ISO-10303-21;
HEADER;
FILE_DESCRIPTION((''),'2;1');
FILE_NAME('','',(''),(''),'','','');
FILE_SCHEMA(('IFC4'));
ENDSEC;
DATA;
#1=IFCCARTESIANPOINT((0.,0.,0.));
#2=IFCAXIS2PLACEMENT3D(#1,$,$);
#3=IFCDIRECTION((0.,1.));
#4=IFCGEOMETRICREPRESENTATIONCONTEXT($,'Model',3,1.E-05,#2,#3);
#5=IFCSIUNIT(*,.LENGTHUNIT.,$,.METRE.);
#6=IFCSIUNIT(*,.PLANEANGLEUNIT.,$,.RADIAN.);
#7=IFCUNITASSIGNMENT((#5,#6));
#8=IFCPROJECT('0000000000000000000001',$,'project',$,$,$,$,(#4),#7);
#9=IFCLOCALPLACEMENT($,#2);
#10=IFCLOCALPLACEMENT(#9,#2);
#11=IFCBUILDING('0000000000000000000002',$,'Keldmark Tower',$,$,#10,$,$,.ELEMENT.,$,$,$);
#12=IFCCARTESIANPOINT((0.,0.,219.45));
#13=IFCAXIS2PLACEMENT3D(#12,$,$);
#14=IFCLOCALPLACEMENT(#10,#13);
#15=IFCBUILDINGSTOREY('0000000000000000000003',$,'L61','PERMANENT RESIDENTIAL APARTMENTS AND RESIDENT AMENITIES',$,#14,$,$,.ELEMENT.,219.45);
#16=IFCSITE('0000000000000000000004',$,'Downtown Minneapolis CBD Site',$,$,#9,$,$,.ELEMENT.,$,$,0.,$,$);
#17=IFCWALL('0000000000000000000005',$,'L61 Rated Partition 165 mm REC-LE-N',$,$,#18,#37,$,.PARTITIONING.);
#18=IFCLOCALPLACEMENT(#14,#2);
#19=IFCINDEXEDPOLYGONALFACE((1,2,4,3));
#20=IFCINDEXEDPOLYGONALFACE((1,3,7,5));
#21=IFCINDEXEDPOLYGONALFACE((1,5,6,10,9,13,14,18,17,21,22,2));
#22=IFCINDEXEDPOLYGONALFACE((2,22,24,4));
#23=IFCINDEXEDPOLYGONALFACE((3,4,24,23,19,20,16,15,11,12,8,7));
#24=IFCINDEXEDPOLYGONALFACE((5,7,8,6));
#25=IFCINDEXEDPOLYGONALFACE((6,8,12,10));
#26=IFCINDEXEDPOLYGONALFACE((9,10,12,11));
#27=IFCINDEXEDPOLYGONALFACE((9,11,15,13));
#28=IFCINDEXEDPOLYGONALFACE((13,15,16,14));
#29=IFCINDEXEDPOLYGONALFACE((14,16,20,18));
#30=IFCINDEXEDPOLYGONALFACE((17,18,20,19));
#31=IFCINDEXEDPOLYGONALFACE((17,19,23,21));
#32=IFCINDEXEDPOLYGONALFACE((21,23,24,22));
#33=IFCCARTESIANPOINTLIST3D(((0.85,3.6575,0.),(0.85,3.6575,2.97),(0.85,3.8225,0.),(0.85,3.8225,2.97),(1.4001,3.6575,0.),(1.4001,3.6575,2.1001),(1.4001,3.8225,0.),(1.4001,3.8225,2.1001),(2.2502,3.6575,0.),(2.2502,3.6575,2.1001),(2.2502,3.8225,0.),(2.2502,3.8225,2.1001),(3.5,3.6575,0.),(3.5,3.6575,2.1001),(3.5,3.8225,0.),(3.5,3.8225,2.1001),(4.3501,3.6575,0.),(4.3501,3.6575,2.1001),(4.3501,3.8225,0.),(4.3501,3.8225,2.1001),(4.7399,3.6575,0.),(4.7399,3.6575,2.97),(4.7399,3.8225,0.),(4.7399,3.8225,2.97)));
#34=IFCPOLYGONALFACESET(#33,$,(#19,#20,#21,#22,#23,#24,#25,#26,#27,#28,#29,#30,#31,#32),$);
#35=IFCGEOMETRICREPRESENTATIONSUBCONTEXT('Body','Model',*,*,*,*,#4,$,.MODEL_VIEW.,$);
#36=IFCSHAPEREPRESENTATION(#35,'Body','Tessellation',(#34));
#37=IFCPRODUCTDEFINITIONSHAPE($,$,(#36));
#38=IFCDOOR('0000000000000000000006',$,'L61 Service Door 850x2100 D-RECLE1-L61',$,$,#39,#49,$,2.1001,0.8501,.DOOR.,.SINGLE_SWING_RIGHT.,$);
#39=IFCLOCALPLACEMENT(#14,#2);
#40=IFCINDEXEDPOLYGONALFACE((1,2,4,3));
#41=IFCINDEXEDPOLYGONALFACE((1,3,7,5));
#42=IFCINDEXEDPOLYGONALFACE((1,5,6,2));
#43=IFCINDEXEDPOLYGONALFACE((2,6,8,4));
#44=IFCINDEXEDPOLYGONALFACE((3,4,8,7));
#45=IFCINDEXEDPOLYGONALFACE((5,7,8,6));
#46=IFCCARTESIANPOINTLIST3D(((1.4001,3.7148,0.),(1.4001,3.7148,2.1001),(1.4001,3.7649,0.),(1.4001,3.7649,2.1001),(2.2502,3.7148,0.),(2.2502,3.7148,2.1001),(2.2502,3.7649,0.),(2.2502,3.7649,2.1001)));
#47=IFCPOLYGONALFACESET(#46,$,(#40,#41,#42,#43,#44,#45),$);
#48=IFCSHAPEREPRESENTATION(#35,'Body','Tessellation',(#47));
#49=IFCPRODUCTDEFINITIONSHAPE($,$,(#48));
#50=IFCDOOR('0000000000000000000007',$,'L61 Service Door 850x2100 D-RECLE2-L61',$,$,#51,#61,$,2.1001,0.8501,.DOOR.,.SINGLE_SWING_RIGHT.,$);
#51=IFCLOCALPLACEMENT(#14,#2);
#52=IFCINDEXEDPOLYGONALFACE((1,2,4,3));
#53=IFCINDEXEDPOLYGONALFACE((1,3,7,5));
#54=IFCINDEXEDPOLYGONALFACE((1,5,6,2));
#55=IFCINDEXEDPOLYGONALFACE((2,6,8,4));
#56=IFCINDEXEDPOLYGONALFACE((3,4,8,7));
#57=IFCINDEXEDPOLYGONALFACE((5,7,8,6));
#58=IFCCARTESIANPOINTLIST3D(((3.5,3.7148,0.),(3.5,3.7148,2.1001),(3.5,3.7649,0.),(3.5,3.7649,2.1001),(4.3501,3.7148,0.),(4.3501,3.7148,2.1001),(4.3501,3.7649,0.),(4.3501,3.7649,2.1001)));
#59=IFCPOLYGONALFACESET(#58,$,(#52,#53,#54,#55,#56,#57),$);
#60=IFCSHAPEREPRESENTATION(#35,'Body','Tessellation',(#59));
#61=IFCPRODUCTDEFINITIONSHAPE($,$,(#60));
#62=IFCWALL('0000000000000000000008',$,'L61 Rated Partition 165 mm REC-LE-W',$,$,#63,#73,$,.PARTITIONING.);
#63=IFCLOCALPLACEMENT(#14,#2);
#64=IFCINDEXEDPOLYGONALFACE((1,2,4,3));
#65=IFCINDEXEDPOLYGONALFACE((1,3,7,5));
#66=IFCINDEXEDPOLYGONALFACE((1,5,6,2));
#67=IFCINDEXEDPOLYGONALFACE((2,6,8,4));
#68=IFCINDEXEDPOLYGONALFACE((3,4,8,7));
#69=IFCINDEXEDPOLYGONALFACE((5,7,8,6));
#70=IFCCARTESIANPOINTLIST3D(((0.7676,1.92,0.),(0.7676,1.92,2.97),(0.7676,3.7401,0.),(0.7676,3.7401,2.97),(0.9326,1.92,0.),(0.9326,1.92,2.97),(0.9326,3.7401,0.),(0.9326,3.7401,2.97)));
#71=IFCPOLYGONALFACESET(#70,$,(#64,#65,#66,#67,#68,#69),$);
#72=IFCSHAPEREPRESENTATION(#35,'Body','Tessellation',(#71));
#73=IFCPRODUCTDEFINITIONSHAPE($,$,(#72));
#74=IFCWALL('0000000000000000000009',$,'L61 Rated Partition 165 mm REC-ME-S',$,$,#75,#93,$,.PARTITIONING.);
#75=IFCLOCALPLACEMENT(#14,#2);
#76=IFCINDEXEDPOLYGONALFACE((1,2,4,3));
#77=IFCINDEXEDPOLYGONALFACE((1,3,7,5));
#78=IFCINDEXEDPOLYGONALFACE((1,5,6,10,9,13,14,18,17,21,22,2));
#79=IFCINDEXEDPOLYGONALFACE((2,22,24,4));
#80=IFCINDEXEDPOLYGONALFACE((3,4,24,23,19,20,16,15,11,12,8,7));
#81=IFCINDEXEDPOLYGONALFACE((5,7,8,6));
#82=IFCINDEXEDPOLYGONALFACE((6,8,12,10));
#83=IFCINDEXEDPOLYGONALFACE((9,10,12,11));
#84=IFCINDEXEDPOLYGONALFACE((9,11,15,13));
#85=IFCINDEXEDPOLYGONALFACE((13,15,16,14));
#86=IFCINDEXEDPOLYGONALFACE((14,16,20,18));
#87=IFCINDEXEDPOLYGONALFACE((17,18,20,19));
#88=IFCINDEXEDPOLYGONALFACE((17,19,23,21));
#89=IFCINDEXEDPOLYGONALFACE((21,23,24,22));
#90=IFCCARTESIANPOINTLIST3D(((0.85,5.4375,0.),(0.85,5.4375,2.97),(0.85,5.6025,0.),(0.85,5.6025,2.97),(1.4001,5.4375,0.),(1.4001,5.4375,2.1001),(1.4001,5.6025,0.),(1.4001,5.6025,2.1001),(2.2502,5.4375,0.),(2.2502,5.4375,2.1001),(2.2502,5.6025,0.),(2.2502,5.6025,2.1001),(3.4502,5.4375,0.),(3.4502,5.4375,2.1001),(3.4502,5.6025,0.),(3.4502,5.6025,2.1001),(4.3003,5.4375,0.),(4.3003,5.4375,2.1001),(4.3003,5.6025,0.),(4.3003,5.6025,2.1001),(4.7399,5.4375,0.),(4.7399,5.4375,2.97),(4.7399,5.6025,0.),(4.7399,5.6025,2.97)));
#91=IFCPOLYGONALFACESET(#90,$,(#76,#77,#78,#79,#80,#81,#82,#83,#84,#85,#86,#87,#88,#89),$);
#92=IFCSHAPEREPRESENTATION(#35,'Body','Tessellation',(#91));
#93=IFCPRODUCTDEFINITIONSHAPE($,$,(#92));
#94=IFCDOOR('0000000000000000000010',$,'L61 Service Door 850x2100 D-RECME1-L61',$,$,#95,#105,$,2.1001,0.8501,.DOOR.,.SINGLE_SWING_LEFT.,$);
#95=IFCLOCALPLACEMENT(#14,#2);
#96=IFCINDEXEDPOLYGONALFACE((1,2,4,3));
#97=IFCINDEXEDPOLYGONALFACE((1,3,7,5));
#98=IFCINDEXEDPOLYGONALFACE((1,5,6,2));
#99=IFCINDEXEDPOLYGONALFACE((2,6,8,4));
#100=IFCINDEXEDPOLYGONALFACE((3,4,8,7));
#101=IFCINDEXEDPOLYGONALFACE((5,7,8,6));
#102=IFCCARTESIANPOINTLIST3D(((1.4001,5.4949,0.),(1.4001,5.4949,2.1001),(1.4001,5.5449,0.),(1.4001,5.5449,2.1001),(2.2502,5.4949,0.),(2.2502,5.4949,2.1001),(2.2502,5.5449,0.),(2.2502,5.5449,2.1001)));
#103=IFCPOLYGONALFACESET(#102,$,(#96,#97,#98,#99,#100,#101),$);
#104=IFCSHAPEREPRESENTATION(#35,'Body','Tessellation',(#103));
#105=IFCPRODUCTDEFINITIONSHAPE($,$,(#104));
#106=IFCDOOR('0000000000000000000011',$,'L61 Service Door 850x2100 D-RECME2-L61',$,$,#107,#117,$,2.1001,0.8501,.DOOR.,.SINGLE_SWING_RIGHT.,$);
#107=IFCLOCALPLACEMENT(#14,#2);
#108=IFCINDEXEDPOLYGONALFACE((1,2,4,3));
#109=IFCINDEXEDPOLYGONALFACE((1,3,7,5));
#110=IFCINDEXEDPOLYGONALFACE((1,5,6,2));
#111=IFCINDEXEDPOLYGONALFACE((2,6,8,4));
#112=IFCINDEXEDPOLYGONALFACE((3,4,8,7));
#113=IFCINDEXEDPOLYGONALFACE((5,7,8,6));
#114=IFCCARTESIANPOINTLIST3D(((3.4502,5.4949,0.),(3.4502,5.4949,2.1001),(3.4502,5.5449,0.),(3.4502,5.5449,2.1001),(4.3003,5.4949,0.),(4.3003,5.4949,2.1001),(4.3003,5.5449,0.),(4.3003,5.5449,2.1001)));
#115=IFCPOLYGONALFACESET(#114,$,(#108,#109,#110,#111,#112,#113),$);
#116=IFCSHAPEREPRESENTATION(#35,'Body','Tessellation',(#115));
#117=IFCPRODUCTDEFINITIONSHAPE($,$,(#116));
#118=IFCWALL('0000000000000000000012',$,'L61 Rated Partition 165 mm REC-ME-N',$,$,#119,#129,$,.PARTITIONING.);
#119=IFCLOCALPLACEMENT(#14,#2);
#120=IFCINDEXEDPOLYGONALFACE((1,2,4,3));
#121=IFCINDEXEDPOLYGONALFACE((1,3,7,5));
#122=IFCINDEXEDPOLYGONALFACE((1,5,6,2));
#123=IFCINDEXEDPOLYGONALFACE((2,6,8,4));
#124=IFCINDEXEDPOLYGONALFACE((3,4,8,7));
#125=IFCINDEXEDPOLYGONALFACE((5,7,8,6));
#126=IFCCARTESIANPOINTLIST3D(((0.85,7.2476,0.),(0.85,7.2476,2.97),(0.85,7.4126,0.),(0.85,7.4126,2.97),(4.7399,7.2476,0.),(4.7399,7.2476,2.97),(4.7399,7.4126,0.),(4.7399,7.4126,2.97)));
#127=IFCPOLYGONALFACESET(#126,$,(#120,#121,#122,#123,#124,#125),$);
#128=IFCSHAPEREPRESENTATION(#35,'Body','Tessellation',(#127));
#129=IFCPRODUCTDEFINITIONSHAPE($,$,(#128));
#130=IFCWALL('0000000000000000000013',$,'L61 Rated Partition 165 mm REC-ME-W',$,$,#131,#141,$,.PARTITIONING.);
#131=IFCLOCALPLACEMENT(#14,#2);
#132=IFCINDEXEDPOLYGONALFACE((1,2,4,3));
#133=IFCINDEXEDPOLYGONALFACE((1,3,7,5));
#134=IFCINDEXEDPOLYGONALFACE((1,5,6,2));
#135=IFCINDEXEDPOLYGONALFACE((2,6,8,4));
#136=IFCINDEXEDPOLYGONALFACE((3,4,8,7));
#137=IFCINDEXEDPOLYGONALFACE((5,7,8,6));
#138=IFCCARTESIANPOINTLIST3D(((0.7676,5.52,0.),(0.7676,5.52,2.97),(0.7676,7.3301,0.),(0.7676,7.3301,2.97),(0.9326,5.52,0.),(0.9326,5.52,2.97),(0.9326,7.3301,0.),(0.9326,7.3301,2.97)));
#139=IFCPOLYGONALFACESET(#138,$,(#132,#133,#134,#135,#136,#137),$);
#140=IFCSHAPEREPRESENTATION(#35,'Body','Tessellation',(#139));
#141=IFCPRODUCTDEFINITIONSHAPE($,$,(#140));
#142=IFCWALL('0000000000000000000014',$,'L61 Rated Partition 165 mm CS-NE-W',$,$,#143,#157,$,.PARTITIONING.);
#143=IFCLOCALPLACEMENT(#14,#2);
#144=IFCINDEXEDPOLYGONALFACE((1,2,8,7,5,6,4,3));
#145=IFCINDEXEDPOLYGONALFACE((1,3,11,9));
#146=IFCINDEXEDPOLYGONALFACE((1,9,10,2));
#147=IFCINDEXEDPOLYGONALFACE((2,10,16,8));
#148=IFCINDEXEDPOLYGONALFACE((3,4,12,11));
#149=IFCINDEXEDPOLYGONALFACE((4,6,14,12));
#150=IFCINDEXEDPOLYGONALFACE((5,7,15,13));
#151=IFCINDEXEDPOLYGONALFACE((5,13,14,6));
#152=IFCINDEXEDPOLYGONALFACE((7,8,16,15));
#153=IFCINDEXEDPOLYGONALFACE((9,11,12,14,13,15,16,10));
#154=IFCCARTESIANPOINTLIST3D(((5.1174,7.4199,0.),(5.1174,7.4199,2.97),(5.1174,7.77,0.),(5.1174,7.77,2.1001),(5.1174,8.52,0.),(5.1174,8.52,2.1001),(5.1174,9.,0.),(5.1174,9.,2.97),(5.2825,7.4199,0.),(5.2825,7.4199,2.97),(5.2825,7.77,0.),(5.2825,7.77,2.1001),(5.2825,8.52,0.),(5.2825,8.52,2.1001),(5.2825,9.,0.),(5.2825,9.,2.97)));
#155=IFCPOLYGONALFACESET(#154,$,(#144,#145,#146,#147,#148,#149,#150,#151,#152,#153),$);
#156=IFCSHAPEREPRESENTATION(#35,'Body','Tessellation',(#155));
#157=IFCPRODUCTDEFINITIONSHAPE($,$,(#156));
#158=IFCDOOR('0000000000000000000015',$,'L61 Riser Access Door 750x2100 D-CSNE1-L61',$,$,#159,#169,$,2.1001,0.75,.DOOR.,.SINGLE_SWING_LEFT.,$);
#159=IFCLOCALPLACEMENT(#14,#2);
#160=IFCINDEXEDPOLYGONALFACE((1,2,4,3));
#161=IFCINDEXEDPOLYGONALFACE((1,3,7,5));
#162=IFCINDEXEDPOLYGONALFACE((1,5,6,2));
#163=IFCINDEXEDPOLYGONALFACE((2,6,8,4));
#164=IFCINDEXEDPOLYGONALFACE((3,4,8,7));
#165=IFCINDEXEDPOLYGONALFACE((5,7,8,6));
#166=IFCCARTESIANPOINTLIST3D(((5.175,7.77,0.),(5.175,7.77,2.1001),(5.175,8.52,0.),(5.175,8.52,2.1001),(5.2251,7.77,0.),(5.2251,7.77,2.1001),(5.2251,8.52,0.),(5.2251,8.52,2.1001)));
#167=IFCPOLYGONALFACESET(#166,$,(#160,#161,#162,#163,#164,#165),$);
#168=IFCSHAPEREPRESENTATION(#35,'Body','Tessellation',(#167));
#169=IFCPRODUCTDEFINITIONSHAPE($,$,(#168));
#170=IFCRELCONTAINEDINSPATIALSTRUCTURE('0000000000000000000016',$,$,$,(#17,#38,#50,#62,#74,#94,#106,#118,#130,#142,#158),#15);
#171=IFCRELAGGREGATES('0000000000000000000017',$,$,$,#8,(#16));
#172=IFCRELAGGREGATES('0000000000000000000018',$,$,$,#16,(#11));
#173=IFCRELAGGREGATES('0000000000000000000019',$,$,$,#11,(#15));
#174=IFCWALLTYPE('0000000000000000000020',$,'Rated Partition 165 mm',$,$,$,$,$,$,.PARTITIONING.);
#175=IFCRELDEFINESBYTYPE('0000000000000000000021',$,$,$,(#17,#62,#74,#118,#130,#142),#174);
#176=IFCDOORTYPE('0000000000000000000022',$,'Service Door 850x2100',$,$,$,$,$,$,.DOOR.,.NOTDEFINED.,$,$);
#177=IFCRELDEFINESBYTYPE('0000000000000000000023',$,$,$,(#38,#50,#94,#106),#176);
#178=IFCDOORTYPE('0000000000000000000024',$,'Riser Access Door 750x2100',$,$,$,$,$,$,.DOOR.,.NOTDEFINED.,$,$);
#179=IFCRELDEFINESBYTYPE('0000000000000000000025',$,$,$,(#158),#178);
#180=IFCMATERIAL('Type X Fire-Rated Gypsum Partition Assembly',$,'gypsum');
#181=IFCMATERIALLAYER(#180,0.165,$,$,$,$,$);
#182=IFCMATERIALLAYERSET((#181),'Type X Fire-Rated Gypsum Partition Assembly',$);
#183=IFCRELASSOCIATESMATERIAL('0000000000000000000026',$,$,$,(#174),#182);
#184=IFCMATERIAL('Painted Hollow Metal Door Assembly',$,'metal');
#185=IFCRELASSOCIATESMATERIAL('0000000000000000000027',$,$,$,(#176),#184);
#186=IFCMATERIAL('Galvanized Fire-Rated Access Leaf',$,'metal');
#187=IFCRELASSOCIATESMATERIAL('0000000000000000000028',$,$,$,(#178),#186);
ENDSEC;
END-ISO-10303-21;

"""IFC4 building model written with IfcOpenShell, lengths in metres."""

from ifc_helpers import new_model, si_unit, direction, frame, frame_2d, origin, place, context, subcontext, project, spatial, rectangle, extrude, material, layer, layer_set, type_object, element, fill, save


model = new_model("IFC4")

# Units and contexts
model_context = context("Model", 3, precision=1e-05, world=origin(), true_north=direction((0.0, 1.0)))
body_context = subcontext(model_context, "Body", "Model", "MODEL_VIEW")
ifc_project = project(units=[si_unit("LENGTHUNIT", "METRE"), si_unit("PLANEANGLEUNIT", "RADIAN")], contexts=[model_context])

# Site, building, storey
site_placement = place(None, origin())
site = spatial("IfcSite", under=ifc_project, at=site_placement, Name="Downtown Minneapolis CBD Site", CompositionType="ELEMENT", RefElevation=0.0)
building_placement = place(site_placement, origin())
building = spatial("IfcBuilding", under=site, at=building_placement, Name="Keldmark Tower", CompositionType="ELEMENT")
storey_placement = place(building_placement, frame((0.0, 0.0, 219.45)))
storey = spatial("IfcBuildingStorey", under=building, at=storey_placement, Name="L61", Description="PERMANENT RESIDENTIAL APARTMENTS AND RESIDENT AMENITIES", CompositionType="ELEMENT", Elevation=219.45)

# Shared definitions
ifc_material_1 = material(Name="Type X Fire-Rated Gypsum Partition Assembly", Category="gypsum")
ifc_layer_1 = layer(ifc_material_1, 0.165)
ifc_layer_set_1 = layer_set([ifc_layer_1], Name="Type X Fire-Rated Gypsum Partition Assembly")
wall_type_1 = type_object("IfcWallType", Name="Rated Partition 165 mm", PredefinedType="PARTITIONING", material=ifc_layer_set_1)

# Wall, openings, doors
wall_1_placement = place(storey_placement, frame((0.8501, 3.74, 0.0), z_axis=(0.0, 0.0, 1.0), x_axis=(1.0, 0.0, 0.0)))
wall_1 = element("IfcWall", 1, at=wall_1_placement, inside=storey, type_object=wall_type_1, Name="L61 Rated Partition 165 mm REC-LE-N", PredefinedType="PARTITIONING", context=body_context, shape_type="SweptSolid", body=[
    extrude(rectangle(XDim=3.8899, YDim=0.165, at=frame_2d((1.9448, 0.0))), origin(), (0.0, 0.0, 1.0), 2.97),
])
opening_1_placement = place(wall_1_placement, frame((0.55, 0.0, 0.0)))
opening_1 = element("IfcOpeningElement", 2, at=opening_1_placement, cuts=wall_1, PredefinedType="OPENING", context=body_context, shape_type="SweptSolid", body=[
    extrude(rectangle(XDim=0.8501, YDim=2.1001, at=frame_2d((0.425, 1.05))), frame((0.0, 0.0925, 0.0), z_axis=(0.0, -1.0, 0.0), x_axis=(1.0, 0.0, 0.0)), (0.0, 0.0, 1.0), 0.1851),
])
opening_2_placement = place(wall_1_placement, frame((2.6499, 0.0, 0.0)))
opening_2 = element("IfcOpeningElement", 3, at=opening_2_placement, cuts=wall_1, PredefinedType="OPENING", context=body_context, shape_type="SweptSolid", body=[
    extrude(rectangle(XDim=0.8501, YDim=2.1001, at=frame_2d((0.425, 1.05))), frame((0.0, 0.0925, 0.0), z_axis=(0.0, -1.0, 0.0), x_axis=(1.0, 0.0, 0.0)), (0.0, 0.0, 1.0), 0.1851),
])
ifc_material_2 = material(Name="Painted Hollow Metal Door Assembly", Category="metal")
door_type_1 = type_object("IfcDoorType", Name="Service Door 850x2100", OperationType="NOTDEFINED", PredefinedType="DOOR", material=ifc_material_2)
door_1_placement = place(opening_1_placement, origin())
door_1 = element("IfcDoor", 4, at=door_1_placement, inside=storey, type_object=door_type_1, Name="L61 Service Door 850x2100 D-RECLE1-L61", OperationType="SINGLE_SWING_RIGHT", OverallHeight=2.1001, OverallWidth=0.8501, PredefinedType="DOOR", context=body_context, shape_type="SweptSolid", body=[
    extrude(rectangle(XDim=0.8501, YDim=2.1001, at=frame_2d((0.425, 1.05))), frame((0.0, 0.0249, 0.0), z_axis=(0.0, -1.0, 0.0), x_axis=(1.0, 0.0, 0.0)), (0.0, 0.0, 1.0), 0.05),
])
fill(opening_1, door_1)
door_2_placement = place(opening_2_placement, origin())
door_2 = element("IfcDoor", 5, at=door_2_placement, inside=storey, type_object=door_type_1, Name="L61 Service Door 850x2100 D-RECLE2-L61", OperationType="SINGLE_SWING_RIGHT", OverallHeight=2.1001, OverallWidth=0.8501, PredefinedType="DOOR", context=body_context, shape_type="SweptSolid", body=[
    extrude(rectangle(XDim=0.8501, YDim=2.1001, at=frame_2d((0.425, 1.05))), frame((0.0, 0.0249, 0.0), z_axis=(0.0, -1.0, 0.0), x_axis=(1.0, 0.0, 0.0)), (0.0, 0.0, 1.0), 0.05),
])
fill(opening_2, door_2)

# Wall
wall_2_placement = place(storey_placement, frame((0.8501, 1.9199, 0.0), z_axis=(0.0, 0.0, 1.0), x_axis=(0.0, 1.0, 0.0)))
element("IfcWall", 6, at=wall_2_placement, inside=storey, type_object=wall_type_1, Name="L61 Rated Partition 165 mm REC-LE-W", PredefinedType="PARTITIONING", context=body_context, shape_type="SweptSolid", body=[
    extrude(rectangle(XDim=1.8201, YDim=0.165, at=frame_2d((0.9102, 0.0))), origin(), (0.0, 0.0, 1.0), 2.97),
])

# Wall, openings, doors
wall_3_placement = place(storey_placement, frame((0.8501, 5.52, 0.0), z_axis=(0.0, 0.0, 1.0), x_axis=(1.0, 0.0, 0.0)))
wall_3 = element("IfcWall", 7, at=wall_3_placement, inside=storey, type_object=wall_type_1, Name="L61 Rated Partition 165 mm REC-ME-S", PredefinedType="PARTITIONING", context=body_context, shape_type="SweptSolid", body=[
    extrude(rectangle(XDim=3.8899, YDim=0.165, at=frame_2d((1.9448, 0.0))), origin(), (0.0, 0.0, 1.0), 2.97),
])
opening_3_placement = place(wall_3_placement, frame((0.55, 0.0, 0.0)))
opening_3 = element("IfcOpeningElement", 8, at=opening_3_placement, cuts=wall_3, PredefinedType="OPENING", context=body_context, shape_type="SweptSolid", body=[
    extrude(rectangle(XDim=0.8501, YDim=2.1001, at=frame_2d((0.425, 1.05))), frame((0.0, 0.0925, 0.0), z_axis=(0.0, -1.0, 0.0), x_axis=(1.0, 0.0, 0.0)), (0.0, 0.0, 1.0), 0.1851),
])
opening_4_placement = place(wall_3_placement, frame((2.6001, 0.0, 0.0)))
opening_4 = element("IfcOpeningElement", 9, at=opening_4_placement, cuts=wall_3, PredefinedType="OPENING", context=body_context, shape_type="SweptSolid", body=[
    extrude(rectangle(XDim=0.8501, YDim=2.1001, at=frame_2d((0.425, 1.05))), frame((0.0, 0.0925, 0.0), z_axis=(0.0, -1.0, 0.0), x_axis=(1.0, 0.0, 0.0)), (0.0, 0.0, 1.0), 0.1851),
])
door_3_placement = place(opening_3_placement, origin())
door_3 = element("IfcDoor", 10, at=door_3_placement, inside=storey, type_object=door_type_1, Name="L61 Service Door 850x2100 D-RECME1-L61", OperationType="SINGLE_SWING_LEFT", OverallHeight=2.1001, OverallWidth=0.8501, PredefinedType="DOOR", context=body_context, shape_type="SweptSolid", body=[
    extrude(rectangle(XDim=0.8501, YDim=2.1001, at=frame_2d((0.425, 1.05))), frame((0.0, 0.0249, 0.0), z_axis=(0.0, -1.0, 0.0), x_axis=(1.0, 0.0, 0.0)), (0.0, 0.0, 1.0), 0.05),
])
fill(opening_3, door_3)
door_4_placement = place(opening_4_placement, origin())
door_4 = element("IfcDoor", 11, at=door_4_placement, inside=storey, type_object=door_type_1, Name="L61 Service Door 850x2100 D-RECME2-L61", OperationType="SINGLE_SWING_RIGHT", OverallHeight=2.1001, OverallWidth=0.8501, PredefinedType="DOOR", context=body_context, shape_type="SweptSolid", body=[
    extrude(rectangle(XDim=0.8501, YDim=2.1001, at=frame_2d((0.425, 1.05))), frame((0.0, 0.0249, 0.0), z_axis=(0.0, -1.0, 0.0), x_axis=(1.0, 0.0, 0.0)), (0.0, 0.0, 1.0), 0.05),
])
fill(opening_4, door_4)

# Walls
wall_4_placement = place(storey_placement, frame((0.8501, 7.3301, 0.0), z_axis=(0.0, 0.0, 1.0), x_axis=(1.0, 0.0, 0.0)))
element("IfcWall", 12, at=wall_4_placement, inside=storey, type_object=wall_type_1, Name="L61 Rated Partition 165 mm REC-ME-N", PredefinedType="PARTITIONING", context=body_context, shape_type="SweptSolid", body=[
    extrude(rectangle(XDim=3.8899, YDim=0.165, at=frame_2d((1.9448, 0.0))), origin(), (0.0, 0.0, 1.0), 2.97),
])
wall_5_placement = place(storey_placement, frame((0.8501, 5.52, 0.0), z_axis=(0.0, 0.0, 1.0), x_axis=(0.0, 1.0, 0.0)))
element("IfcWall", 13, at=wall_5_placement, inside=storey, type_object=wall_type_1, Name="L61 Rated Partition 165 mm REC-ME-W", PredefinedType="PARTITIONING", context=body_context, shape_type="SweptSolid", body=[
    extrude(rectangle(XDim=1.8101, YDim=0.165, at=frame_2d((0.905, 0.0))), origin(), (0.0, 0.0, 1.0), 2.97),
])

# Wall, opening, door
wall_6_placement = place(storey_placement, frame((5.2, 7.4199, 0.0), z_axis=(0.0, 0.0, 1.0), x_axis=(0.0, 1.0, 0.0)))
wall_6 = element("IfcWall", 14, at=wall_6_placement, inside=storey, type_object=wall_type_1, Name="L61 Rated Partition 165 mm CS-NE-W", PredefinedType="PARTITIONING", context=body_context, shape_type="SweptSolid", body=[
    extrude(rectangle(XDim=1.5801, YDim=0.165, at=frame_2d((0.79, 0.0))), origin(), (0.0, 0.0, 1.0), 2.97),
])
opening_5_placement = place(wall_6_placement, frame((0.3501, 0.0, 0.0)))
opening_5 = element("IfcOpeningElement", 15, at=opening_5_placement, cuts=wall_6, PredefinedType="OPENING", context=body_context, shape_type="SweptSolid", body=[
    extrude(rectangle(XDim=0.75, YDim=2.1001, at=frame_2d((0.375, 1.05))), frame((0.0, 0.0925, 0.0), z_axis=(0.0, -1.0, 0.0), x_axis=(1.0, 0.0, 0.0)), (0.0, 0.0, 1.0), 0.1851),
])
ifc_material_3 = material(Name="Galvanized Fire-Rated Access Leaf", Category="metal")
door_type_2 = type_object("IfcDoorType", Name="Riser Access Door 750x2100", OperationType="NOTDEFINED", PredefinedType="DOOR", material=ifc_material_3)
door_5_placement = place(opening_5_placement, origin())
door_5 = element("IfcDoor", 16, at=door_5_placement, inside=storey, type_object=door_type_2, Name="L61 Riser Access Door 750x2100 D-CSNE1-L61", OperationType="SINGLE_SWING_LEFT", OverallHeight=2.1001, OverallWidth=0.75, PredefinedType="DOOR", context=body_context, shape_type="SweptSolid", body=[
    extrude(rectangle(XDim=0.75, YDim=2.1001, at=frame_2d((0.375, 1.05))), frame((0.0, 0.0249, 0.0), z_axis=(0.0, -1.0, 0.0), x_axis=(1.0, 0.0, 0.0)), (0.0, 0.0, 1.0), 0.05),
])
fill(opening_5, door_5)

save(model, "model.ifc")
